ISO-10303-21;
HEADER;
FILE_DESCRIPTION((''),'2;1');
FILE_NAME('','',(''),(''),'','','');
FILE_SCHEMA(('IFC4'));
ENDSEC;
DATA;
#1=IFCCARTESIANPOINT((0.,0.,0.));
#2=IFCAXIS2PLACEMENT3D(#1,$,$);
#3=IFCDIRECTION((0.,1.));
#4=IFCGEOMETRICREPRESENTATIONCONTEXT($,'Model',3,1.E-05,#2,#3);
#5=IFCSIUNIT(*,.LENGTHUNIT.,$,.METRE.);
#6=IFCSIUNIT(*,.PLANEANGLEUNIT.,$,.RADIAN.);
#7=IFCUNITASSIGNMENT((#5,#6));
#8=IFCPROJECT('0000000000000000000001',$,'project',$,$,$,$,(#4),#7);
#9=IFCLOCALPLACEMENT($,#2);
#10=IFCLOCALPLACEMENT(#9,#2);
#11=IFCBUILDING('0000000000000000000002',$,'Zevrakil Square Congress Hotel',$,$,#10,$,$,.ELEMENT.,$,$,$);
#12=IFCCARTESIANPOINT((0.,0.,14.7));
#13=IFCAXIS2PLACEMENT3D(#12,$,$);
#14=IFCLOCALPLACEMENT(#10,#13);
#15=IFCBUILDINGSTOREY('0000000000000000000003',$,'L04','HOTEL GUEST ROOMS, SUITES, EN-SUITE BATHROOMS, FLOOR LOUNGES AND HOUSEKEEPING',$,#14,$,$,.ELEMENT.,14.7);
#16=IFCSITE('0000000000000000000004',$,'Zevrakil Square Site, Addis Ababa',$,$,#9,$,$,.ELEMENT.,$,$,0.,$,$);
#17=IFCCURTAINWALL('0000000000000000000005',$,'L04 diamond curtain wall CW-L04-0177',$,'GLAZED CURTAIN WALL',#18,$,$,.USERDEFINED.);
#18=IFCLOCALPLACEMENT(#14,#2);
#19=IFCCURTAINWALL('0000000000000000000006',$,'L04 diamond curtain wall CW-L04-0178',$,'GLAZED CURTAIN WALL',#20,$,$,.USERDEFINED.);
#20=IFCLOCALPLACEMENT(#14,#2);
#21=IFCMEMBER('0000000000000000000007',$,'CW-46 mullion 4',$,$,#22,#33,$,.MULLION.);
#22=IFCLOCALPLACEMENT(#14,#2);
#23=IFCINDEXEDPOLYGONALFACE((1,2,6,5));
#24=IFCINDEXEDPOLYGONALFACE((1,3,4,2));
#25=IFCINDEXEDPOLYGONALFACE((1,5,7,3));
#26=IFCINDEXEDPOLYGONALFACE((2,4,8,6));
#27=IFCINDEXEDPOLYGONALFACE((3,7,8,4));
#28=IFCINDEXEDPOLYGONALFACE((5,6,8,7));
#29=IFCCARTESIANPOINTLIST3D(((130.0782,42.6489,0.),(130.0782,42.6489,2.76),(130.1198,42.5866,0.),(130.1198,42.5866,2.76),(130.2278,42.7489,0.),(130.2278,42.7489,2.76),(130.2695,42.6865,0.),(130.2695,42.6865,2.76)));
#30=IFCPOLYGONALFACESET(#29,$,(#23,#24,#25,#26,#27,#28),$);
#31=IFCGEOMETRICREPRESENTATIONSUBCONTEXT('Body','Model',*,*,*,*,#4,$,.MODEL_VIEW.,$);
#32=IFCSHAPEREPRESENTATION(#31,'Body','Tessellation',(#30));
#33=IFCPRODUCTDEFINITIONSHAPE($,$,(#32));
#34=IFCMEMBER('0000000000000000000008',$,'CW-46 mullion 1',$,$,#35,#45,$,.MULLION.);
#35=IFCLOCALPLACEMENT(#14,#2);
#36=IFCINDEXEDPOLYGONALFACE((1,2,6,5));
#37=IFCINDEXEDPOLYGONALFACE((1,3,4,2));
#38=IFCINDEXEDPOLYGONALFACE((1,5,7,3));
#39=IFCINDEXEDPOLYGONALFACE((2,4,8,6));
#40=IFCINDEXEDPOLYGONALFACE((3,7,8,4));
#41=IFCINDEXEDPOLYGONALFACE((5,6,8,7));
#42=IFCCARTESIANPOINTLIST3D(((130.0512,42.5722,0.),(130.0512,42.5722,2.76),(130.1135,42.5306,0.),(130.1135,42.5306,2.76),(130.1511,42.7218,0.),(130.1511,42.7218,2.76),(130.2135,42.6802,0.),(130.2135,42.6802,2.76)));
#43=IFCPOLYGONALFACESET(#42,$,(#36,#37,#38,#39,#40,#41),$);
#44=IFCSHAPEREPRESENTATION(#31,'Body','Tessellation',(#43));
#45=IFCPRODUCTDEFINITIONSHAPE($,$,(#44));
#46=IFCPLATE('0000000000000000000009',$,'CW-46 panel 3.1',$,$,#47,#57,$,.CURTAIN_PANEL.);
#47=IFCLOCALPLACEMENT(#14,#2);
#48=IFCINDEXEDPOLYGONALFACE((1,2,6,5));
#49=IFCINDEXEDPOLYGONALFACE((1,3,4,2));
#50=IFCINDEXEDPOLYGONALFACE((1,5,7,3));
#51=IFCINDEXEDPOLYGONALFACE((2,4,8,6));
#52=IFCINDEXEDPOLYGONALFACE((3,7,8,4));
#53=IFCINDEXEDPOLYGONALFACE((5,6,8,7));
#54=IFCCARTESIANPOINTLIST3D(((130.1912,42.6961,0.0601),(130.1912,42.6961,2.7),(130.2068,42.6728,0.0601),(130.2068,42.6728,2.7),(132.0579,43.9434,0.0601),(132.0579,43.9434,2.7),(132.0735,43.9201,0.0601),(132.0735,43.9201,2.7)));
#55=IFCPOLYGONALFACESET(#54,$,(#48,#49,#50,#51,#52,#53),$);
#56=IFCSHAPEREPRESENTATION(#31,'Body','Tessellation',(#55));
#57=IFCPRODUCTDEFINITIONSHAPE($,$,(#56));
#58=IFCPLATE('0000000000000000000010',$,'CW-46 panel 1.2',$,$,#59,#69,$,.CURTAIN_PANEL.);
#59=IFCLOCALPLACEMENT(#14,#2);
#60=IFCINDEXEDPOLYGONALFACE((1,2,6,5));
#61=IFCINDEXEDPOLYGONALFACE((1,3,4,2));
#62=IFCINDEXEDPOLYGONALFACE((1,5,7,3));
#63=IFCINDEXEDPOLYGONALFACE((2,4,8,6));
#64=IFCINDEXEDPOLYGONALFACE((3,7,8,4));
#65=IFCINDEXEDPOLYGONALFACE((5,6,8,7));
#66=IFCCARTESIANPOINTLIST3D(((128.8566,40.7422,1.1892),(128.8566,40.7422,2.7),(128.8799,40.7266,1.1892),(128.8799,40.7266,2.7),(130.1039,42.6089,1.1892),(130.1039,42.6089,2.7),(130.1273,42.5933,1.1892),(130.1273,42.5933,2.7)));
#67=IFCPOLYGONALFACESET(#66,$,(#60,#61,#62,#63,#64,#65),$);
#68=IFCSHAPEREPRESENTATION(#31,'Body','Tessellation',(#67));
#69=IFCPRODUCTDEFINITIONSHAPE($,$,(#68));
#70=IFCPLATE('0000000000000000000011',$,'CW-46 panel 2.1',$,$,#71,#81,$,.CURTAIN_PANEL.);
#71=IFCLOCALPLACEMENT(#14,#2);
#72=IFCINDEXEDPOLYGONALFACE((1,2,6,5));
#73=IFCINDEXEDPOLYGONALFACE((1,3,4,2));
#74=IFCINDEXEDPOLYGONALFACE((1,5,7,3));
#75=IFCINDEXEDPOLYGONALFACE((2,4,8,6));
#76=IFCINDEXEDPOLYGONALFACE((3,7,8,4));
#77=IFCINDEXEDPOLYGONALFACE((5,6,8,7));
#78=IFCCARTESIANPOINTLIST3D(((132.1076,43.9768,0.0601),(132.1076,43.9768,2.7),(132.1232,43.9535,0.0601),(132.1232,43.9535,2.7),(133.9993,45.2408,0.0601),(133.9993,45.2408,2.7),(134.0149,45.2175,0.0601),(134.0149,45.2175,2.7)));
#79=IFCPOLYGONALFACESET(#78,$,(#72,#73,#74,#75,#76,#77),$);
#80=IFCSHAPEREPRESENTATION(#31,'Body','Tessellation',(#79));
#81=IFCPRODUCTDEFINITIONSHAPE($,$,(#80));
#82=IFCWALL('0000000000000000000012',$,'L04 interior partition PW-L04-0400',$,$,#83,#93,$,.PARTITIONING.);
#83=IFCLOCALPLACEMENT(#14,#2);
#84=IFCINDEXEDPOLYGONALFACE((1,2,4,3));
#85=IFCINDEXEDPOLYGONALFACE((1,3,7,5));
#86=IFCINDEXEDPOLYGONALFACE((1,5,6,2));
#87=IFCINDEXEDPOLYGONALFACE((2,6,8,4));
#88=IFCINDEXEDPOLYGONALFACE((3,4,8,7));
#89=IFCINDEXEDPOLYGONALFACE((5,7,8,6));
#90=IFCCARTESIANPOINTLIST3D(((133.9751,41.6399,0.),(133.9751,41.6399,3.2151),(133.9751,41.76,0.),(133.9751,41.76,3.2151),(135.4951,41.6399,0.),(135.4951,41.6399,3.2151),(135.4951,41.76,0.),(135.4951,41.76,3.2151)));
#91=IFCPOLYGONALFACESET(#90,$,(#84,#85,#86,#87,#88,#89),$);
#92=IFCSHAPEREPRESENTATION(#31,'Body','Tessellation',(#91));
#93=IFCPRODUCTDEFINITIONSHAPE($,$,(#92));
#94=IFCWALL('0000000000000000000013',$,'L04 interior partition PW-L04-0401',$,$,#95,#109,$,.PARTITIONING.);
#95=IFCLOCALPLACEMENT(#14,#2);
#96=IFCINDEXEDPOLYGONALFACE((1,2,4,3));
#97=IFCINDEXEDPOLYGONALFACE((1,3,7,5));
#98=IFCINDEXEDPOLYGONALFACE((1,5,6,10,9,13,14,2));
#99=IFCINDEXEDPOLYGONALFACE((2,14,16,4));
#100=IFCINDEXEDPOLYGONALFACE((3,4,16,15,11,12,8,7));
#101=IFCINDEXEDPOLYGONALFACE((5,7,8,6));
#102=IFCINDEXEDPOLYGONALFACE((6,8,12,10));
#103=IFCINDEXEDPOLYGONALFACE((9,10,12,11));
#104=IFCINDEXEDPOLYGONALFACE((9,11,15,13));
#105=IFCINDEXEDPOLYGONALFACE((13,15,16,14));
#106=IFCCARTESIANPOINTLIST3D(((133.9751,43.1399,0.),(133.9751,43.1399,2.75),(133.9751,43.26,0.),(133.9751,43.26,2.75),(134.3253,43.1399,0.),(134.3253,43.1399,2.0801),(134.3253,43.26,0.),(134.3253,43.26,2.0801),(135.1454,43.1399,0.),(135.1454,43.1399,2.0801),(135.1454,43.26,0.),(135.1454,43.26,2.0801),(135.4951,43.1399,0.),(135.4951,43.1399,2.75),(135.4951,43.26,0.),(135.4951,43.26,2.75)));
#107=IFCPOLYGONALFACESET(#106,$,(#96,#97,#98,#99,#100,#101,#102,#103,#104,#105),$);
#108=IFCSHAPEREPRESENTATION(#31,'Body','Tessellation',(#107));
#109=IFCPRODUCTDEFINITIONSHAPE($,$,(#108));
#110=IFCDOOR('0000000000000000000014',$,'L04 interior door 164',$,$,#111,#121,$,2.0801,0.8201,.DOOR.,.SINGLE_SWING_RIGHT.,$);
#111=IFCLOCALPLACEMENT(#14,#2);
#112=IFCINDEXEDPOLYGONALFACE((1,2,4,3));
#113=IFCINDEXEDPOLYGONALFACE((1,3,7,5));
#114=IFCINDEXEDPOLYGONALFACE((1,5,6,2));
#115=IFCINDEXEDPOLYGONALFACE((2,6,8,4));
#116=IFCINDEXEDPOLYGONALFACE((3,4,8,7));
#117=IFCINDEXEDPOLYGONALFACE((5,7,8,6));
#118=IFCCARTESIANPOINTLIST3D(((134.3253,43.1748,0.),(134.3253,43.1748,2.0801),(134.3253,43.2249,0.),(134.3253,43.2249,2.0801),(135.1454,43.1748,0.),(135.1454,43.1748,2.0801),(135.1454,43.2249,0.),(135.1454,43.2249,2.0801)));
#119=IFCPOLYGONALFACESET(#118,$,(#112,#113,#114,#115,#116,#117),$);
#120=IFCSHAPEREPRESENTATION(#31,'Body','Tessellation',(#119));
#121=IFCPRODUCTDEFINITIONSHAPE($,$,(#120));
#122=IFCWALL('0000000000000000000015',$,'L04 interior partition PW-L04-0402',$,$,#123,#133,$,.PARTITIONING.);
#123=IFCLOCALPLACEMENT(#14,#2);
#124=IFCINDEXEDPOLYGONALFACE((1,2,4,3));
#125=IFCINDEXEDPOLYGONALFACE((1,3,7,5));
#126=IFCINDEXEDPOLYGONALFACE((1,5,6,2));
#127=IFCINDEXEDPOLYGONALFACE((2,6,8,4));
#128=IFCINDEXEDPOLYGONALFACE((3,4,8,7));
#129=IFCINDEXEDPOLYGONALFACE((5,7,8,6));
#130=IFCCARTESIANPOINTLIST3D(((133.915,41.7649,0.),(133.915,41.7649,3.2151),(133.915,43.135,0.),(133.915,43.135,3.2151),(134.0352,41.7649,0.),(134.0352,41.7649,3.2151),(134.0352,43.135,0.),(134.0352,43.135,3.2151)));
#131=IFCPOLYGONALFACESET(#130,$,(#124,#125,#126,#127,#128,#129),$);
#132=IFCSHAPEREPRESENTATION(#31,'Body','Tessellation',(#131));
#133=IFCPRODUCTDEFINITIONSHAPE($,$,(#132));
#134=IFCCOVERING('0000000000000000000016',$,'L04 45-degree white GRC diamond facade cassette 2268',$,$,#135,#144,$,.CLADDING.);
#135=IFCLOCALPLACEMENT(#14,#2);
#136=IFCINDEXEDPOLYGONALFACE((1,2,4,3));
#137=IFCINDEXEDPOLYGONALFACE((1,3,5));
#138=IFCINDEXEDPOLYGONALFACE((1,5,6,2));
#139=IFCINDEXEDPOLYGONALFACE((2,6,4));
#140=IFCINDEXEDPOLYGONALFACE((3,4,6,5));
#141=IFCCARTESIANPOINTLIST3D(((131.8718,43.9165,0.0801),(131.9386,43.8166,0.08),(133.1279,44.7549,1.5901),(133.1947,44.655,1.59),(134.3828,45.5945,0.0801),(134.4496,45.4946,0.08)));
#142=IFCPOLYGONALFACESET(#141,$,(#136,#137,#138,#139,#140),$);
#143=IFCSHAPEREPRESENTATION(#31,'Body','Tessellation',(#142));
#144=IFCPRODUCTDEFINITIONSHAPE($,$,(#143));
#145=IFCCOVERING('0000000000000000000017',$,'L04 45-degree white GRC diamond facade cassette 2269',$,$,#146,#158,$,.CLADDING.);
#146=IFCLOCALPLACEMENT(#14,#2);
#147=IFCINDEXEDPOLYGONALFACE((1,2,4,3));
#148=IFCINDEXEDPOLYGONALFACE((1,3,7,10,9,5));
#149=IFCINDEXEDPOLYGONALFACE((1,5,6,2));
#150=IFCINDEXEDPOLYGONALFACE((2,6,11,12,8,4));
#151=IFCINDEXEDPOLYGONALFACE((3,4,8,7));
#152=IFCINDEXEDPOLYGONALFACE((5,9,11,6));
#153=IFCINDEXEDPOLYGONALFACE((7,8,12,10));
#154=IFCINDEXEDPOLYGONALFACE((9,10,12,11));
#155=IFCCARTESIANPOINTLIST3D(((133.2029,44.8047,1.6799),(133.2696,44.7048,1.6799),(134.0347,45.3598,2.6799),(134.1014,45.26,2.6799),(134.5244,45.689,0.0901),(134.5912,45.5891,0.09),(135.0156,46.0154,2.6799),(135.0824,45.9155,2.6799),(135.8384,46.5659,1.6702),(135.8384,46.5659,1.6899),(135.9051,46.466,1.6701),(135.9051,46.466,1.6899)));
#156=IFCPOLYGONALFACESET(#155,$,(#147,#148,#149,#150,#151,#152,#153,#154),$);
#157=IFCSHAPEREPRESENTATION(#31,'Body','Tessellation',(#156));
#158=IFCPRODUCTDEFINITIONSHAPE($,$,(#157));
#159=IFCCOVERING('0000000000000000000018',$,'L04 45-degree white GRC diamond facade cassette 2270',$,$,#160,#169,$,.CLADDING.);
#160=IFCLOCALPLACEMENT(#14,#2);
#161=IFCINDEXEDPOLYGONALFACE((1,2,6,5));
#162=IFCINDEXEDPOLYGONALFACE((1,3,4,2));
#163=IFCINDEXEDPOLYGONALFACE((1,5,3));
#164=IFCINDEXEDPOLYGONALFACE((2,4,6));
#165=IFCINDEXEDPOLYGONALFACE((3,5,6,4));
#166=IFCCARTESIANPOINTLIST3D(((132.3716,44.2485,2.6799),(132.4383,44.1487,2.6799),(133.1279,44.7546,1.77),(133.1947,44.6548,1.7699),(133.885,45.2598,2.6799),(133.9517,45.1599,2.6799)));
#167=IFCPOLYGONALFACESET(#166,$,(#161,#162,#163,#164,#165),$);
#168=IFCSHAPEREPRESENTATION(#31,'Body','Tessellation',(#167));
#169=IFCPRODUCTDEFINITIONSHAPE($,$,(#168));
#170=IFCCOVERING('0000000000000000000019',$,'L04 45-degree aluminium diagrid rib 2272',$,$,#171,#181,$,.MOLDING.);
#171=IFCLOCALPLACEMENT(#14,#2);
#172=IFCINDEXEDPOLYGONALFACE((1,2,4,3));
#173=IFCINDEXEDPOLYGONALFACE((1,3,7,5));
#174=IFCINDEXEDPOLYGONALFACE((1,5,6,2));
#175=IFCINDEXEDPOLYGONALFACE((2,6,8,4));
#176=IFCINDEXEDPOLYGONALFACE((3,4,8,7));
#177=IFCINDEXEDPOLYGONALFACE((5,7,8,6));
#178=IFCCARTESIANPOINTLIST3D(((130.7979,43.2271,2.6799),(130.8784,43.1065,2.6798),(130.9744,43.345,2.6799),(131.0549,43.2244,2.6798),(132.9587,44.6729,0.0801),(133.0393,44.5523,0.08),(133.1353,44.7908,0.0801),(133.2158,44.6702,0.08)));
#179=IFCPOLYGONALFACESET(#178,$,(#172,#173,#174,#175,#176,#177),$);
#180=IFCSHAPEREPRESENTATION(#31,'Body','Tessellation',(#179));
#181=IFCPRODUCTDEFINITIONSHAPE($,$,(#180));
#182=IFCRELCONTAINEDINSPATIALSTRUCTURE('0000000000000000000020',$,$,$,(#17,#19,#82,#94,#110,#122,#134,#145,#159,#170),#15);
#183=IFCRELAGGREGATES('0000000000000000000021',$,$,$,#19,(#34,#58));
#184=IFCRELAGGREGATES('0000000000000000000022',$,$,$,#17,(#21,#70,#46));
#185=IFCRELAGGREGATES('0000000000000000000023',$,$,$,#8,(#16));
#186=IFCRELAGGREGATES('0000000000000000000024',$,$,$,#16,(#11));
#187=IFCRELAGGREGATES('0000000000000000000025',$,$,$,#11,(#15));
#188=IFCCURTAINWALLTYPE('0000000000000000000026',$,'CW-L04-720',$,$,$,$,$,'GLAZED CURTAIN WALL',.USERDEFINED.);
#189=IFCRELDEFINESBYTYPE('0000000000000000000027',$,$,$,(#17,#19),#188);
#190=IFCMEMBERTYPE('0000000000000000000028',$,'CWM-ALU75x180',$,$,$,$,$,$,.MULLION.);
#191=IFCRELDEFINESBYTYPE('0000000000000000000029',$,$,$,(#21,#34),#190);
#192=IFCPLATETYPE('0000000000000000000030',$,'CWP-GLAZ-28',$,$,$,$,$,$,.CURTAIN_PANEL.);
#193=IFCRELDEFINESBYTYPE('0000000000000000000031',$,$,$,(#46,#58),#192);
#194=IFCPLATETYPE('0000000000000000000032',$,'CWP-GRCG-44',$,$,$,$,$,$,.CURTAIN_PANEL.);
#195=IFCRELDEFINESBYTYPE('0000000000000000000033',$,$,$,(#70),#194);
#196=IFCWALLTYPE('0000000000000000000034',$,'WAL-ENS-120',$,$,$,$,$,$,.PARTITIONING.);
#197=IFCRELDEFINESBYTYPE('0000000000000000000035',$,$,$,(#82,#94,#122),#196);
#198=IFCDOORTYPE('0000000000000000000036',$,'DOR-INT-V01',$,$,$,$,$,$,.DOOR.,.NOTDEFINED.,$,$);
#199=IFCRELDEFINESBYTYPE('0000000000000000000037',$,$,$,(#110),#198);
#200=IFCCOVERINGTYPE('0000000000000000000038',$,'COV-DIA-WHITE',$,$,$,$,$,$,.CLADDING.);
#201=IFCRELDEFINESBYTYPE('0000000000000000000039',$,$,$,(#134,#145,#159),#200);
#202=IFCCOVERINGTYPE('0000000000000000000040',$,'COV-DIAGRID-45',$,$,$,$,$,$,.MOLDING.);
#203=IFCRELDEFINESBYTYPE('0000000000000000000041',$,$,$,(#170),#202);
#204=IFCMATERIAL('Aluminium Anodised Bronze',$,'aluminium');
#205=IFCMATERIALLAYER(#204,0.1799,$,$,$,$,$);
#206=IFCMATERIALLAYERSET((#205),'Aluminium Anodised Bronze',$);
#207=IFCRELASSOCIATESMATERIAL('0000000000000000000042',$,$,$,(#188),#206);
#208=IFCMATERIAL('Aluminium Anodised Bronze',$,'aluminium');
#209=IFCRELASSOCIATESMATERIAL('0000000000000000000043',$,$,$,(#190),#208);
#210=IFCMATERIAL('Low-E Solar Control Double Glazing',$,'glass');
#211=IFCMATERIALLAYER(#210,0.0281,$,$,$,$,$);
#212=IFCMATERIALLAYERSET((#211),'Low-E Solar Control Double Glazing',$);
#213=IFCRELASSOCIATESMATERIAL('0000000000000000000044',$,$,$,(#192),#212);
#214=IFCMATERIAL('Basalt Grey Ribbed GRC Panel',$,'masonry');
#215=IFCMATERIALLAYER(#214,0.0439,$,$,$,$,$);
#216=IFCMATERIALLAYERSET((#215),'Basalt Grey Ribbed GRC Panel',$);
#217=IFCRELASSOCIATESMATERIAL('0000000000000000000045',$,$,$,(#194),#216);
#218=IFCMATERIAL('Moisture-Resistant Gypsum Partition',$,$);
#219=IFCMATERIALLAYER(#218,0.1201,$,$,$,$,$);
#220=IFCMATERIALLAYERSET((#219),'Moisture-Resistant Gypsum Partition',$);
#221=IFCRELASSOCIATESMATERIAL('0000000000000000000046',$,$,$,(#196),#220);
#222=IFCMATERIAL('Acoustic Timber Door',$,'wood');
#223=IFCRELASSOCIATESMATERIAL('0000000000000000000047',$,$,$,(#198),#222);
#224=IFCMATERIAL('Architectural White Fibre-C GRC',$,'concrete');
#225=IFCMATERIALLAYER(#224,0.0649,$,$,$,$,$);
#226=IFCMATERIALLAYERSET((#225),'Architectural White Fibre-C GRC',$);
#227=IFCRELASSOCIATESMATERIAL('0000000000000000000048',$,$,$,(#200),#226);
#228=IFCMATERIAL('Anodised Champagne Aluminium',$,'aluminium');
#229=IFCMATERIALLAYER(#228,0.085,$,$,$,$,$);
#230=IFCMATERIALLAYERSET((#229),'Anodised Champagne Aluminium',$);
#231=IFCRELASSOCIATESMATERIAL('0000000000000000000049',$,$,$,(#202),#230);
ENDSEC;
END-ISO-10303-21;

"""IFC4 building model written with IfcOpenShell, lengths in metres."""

from ifc_helpers import new_model, si_unit, direction, frame, frame_2d, origin, origin_2d, place, context, subcontext, project, spatial, polyline, rectangle, outline, extrude, material, layer, layer_set, material_profile, profile_set, type_object, element, fill, aggregate, save


model = new_model("IFC4")

# Units and contexts
model_context = context("Model", 3, precision=1e-05, world=origin(), true_north=direction((0.0, 1.0)))
body_context = subcontext(model_context, "Body", "Model", "MODEL_VIEW")
ifc_project = project(units=[si_unit("LENGTHUNIT", "METRE"), si_unit("PLANEANGLEUNIT", "RADIAN")], contexts=[model_context])

# Site, building, storey
site_placement = place(None, origin())
site = spatial("IfcSite", under=ifc_project, at=site_placement, Name="Zevrakil Square Site, Addis Ababa", CompositionType="ELEMENT", RefElevation=0.0)
building_placement = place(site_placement, origin())
building = spatial("IfcBuilding", under=site, at=building_placement, Name="Zevrakil Square Congress Hotel", CompositionType="ELEMENT")
storey_placement = place(building_placement, frame((0.0, 0.0, 14.7)))
storey = spatial("IfcBuildingStorey", under=building, at=storey_placement, Name="L04", Description="HOTEL GUEST ROOMS, SUITES, EN-SUITE BATHROOMS, FLOOR LOUNGES AND HOUSEKEEPING", CompositionType="ELEMENT", Elevation=14.7)

# Curtain walls
ifc_material_1 = material(Name="Aluminium Anodised Bronze", Category="aluminium")
ifc_layer_1 = layer(ifc_material_1, 0.1799)
ifc_layer_set_1 = layer_set([ifc_layer_1], Name="Aluminium Anodised Bronze")
curtain_wall_type = type_object("IfcCurtainWallType", Name="CW-L04-720", ElementType="GLAZED CURTAIN WALL", PredefinedType="USERDEFINED", material=ifc_layer_set_1)
curtain_wall_1_placement = place(storey_placement, origin())
curtain_wall_1 = element("IfcCurtainWall", 1, at=curtain_wall_1_placement, inside=storey, type_object=curtain_wall_type, Name="L04 diamond curtain wall CW-L04-0177", ObjectType="GLAZED CURTAIN WALL", PredefinedType="USERDEFINED")
curtain_wall_2_placement = place(storey_placement, origin())
curtain_wall_2 = element("IfcCurtainWall", 2, at=curtain_wall_2_placement, inside=storey, type_object=curtain_wall_type, Name="L04 diamond curtain wall CW-L04-0178", ObjectType="GLAZED CURTAIN WALL", PredefinedType="USERDEFINED")

# Members
ifc_material_2 = material(Name="Aluminium Anodised Bronze", Category="aluminium")
ifc_material_profile_1 = material_profile(ifc_material_2, rectangle(XDim=0.075, YDim=0.1799, at=origin_2d()), Name="ALU 75x180")
ifc_profile_set_1 = profile_set([ifc_material_profile_1], Name="Aluminium Anodised Bronze")
member_type_1 = type_object("IfcMemberType", Name="CWM-ALU75x180", PredefinedType="MULLION", material=ifc_profile_set_1)
member_1_placement = place(storey_placement, frame((130.1738, 42.6677, 0.0), z_axis=(0.0, 0.0, 1.0), x_axis=(0.555576, -0.831466, 0.0)))
member_1 = element("IfcMember", 3, at=member_1_placement, type_object=member_type_1, Name="CW-46 mullion 4", PredefinedType="MULLION", context=body_context, shape_type="SweptSolid", body=[
    extrude(rectangle(XDim=0.075, YDim=0.1799, at=origin_2d()), origin(), (0.0, 0.0, 1.0), 2.76),
])
member_2_placement = place(storey_placement, frame((130.1323, 42.6262, 0.0), z_axis=(0.0, 0.0, 1.0), x_axis=(0.831466, -0.555576, 0.0)))
member_2 = element("IfcMember", 4, at=member_2_placement, type_object=member_type_1, Name="CW-46 mullion 1", PredefinedType="MULLION", context=body_context, shape_type="SweptSolid", body=[
    extrude(rectangle(XDim=0.075, YDim=0.1799, at=origin_2d()), origin(), (0.0, 0.0, 1.0), 2.76),
])

# Plates
ifc_material_3 = material(Name="Low-E Solar Control Double Glazing", Category="glass")
ifc_layer_2 = layer(ifc_material_3, 0.0281)
ifc_layer_set_2 = layer_set([ifc_layer_2], Name="Low-E Solar Control Double Glazing")
plate_type_1 = type_object("IfcPlateType", Name="CWP-GLAZ-28", PredefinedType="CURTAIN_PANEL", material=ifc_layer_set_2)
plate_1_placement = place(storey_placement, frame((131.1323, 43.3081, 0.0601), z_axis=(0.0, 0.0, 1.0), x_axis=(-0.831466, -0.555576, 0.0)))
plate_1 = element("IfcPlate", 5, at=plate_1_placement, type_object=plate_type_1, Name="CW-46 panel 3.1", PredefinedType="CURTAIN_PANEL", context=body_context, shape_type="SweptSolid", body=[
    extrude(rectangle(XDim=2.2451, YDim=0.0281, at=origin_2d()), origin(), (0.0, 0.0, 1.0), 2.6399),
])
plate_2_placement = place(storey_placement, frame((129.4919, 41.6677, 1.1892), z_axis=(0.0, 0.0, 1.0), x_axis=(-0.555576, -0.831466, 0.0)))
plate_2 = element("IfcPlate", 6, at=plate_2_placement, type_object=plate_type_1, Name="CW-46 panel 1.2", PredefinedType="CURTAIN_PANEL", context=body_context, shape_type="SweptSolid", body=[
    extrude(rectangle(XDim=2.2451, YDim=0.0281, at=origin_2d()), origin(), (0.0, 0.0, 1.0), 1.5107),
])
aggregate(curtain_wall_2, [member_2, plate_2])
ifc_material_4 = material(Name="Basalt Grey Ribbed GRC Panel", Category="masonry")
ifc_layer_3 = layer(ifc_material_4, 0.0439)
ifc_layer_set_3 = layer_set([ifc_layer_3], Name="Basalt Grey Ribbed GRC Panel")
plate_type_2 = type_object("IfcPlateType", Name="CWP-GRCG-44", PredefinedType="CURTAIN_PANEL", material=ifc_layer_set_3)
plate_3_placement = place(storey_placement, frame((133.0613, 44.5972, 0.0601), z_axis=(0.0, 0.0, 1.0), x_axis=(-0.831466, -0.555576, 0.0)))
plate_3 = element("IfcPlate", 7, at=plate_3_placement, type_object=plate_type_2, Name="CW-46 panel 2.1", PredefinedType="CURTAIN_PANEL", context=body_context, shape_type="SweptSolid", body=[
    extrude(rectangle(XDim=2.2751, YDim=0.0281, at=origin_2d()), origin(), (0.0, 0.0, 1.0), 2.6399),
])
aggregate(curtain_wall_1, [member_1, plate_3, plate_1])

# Wall
ifc_material_5 = material(Name="Moisture-Resistant Gypsum Partition")
ifc_layer_4 = layer(ifc_material_5, 0.1201)
ifc_layer_set_4 = layer_set([ifc_layer_4], Name="Moisture-Resistant Gypsum Partition")
wall_type = type_object("IfcWallType", Name="WAL-ENS-120", PredefinedType="PARTITIONING", material=ifc_layer_set_4)
wall_1_placement = place(storey_placement, frame((133.9751, 41.7, 0.0), z_axis=(0.0, 0.0, 1.0), x_axis=(1.0, 0.0, 0.0)))
element("IfcWall", 8, at=wall_1_placement, inside=storey, type_object=wall_type, Name="L04 interior partition PW-L04-0400", PredefinedType="PARTITIONING", context=body_context, shape_type="SweptSolid", body=[
    extrude(rectangle(XDim=1.52, YDim=0.1201, at=frame_2d((0.76, 0.0))), origin(), (0.0, 0.0, 1.0), 3.2151),
])

# Wall, opening, door
wall_2_placement = place(storey_placement, frame((133.9751, 43.2, 0.0), z_axis=(0.0, 0.0, 1.0), x_axis=(1.0, 0.0, 0.0)))
wall_2 = element("IfcWall", 9, at=wall_2_placement, inside=storey, type_object=wall_type, Name="L04 interior partition PW-L04-0401", PredefinedType="PARTITIONING", context=body_context, shape_type="SweptSolid", body=[
    extrude(rectangle(XDim=1.52, YDim=0.1201, at=frame_2d((0.76, 0.0))), origin(), (0.0, 0.0, 1.0), 2.75),
])
opening_placement = place(wall_2_placement, frame((0.3501, 0.0, 0.0)))
opening = element("IfcOpeningElement", 10, at=opening_placement, cuts=wall_2, PredefinedType="OPENING", context=body_context, shape_type="SweptSolid", body=[
    extrude(rectangle(XDim=0.8201, YDim=2.0801, at=frame_2d((0.4102, 1.04))), frame((0.0, 0.0701, 0.0), z_axis=(0.0, -1.0, 0.0), x_axis=(1.0, 0.0, 0.0)), (0.0, 0.0, 1.0), 0.1401),
])
ifc_material_6 = material(Name="Acoustic Timber Door", Category="wood")
door_type = type_object("IfcDoorType", Name="DOR-INT-V01", OperationType="NOTDEFINED", PredefinedType="DOOR", material=ifc_material_6)
door_placement = place(opening_placement, origin())
door = element("IfcDoor", 11, at=door_placement, inside=storey, type_object=door_type, Name="L04 interior door 164", OperationType="SINGLE_SWING_RIGHT", OverallHeight=2.0801, OverallWidth=0.8201, PredefinedType="DOOR", context=body_context, shape_type="SweptSolid", body=[
    extrude(rectangle(XDim=0.8201, YDim=2.0801, at=frame_2d((0.4102, 1.04))), frame((0.0, 0.0249, 0.0), z_axis=(0.0, -1.0, 0.0), x_axis=(1.0, 0.0, 0.0)), (0.0, 0.0, 1.0), 0.05),
])
fill(opening, door)

# Wall
wall_3_placement = place(storey_placement, frame((133.9751, 41.7649, 0.0), z_axis=(0.0, 0.0, 1.0), x_axis=(0.0, 1.0, 0.0)))
element("IfcWall", 12, at=wall_3_placement, inside=storey, type_object=wall_type, Name="L04 interior partition PW-L04-0402", PredefinedType="PARTITIONING", context=body_context, shape_type="SweptSolid", body=[
    extrude(rectangle(XDim=1.3701, YDim=0.1201, at=frame_2d((0.6851, 0.0))), origin(), (0.0, 0.0, 1.0), 3.2151),
])

# Coverings
ifc_material_7 = material(Name="Architectural White Fibre-C GRC", Category="concrete")
ifc_layer_5 = layer(ifc_material_7, 0.0649)
ifc_layer_set_5 = layer_set([ifc_layer_5], Name="Architectural White Fibre-C GRC")
covering_type_1 = type_object("IfcCoveringType", Name="COV-DIA-WHITE", PredefinedType="CLADDING", material=ifc_layer_set_5)
covering_1_placement = place(storey_placement, frame((133.1279, 44.7549, 1.5901), z_axis=(-0.555614, 0.83144, 0.000561), x_axis=(-0.588172, -0.392572, -0.707064)))
element("IfcCovering", 13, at=covering_1_placement, inside=storey, type_object=covering_type_1, Name="L04 45-degree white GRC diamond facade cassette 2268", PredefinedType="CLADDING", context=body_context, shape_type="SweptSolid", body=[
    extrude(outline(polyline([(0.0, 0.0), (2.1356, 0.0), (0.0, -2.1354), (0.0, 0.0)])), origin(), (0.0, 0.0, -1.0), 0.1201),
])
covering_2_placement = place(storey_placement, frame((133.2029, 44.8047, 1.6799), z_axis=(-0.555622, 0.831435, 0.000586), x_axis=(0.587729, 0.393259, -0.707051)))
element("IfcCovering", 14, at=covering_2_placement, inside=storey, type_object=covering_type_1, Name="L04 45-degree white GRC diamond facade cassette 2269", PredefinedType="CLADDING", context=body_context, shape_type="SweptSolid", body=[
    extrude(outline(polyline([(0.0, 0.0), (2.2486, 0.0), (2.2485, -2.2343), (2.2345, -2.2483), (0.8345, -2.2484), (0.0001, -1.4142), (0.0, 0.0)])), origin(), (0.0, 0.0, -1.0), 0.1201),
])
covering_3_placement = place(storey_placement, frame((133.1279, 44.7546, 1.77), z_axis=(-0.555566, 0.831472, 0.00067), x_axis=(0.588271, 0.392497, 0.707025)))
element("IfcCovering", 15, at=covering_3_placement, inside=storey, type_object=covering_type_1, Name="L04 45-degree white GRC diamond facade cassette 2270", PredefinedType="CLADDING", context=body_context, shape_type="SweptSolid", body=[
    extrude(outline(polyline([(0.0, 0.0), (1.287, 0.0), (-0.0003, -1.2869), (0.0, 0.0)])), origin(), (0.0, 0.0, -1.0), 0.1201),
])
ifc_material_8 = material(Name="Anodised Champagne Aluminium", Category="aluminium")
ifc_layer_6 = layer(ifc_material_8, 0.085)
ifc_layer_set_6 = layer_set([ifc_layer_6], Name="Anodised Champagne Aluminium")
covering_type_2 = type_object("IfcCoveringType", Name="COV-DIAGRID-45", PredefinedType="MOLDING", material=ifc_layer_set_6)
covering_4_placement = place(storey_placement, frame((132.9587, 44.6729, 0.0801), z_axis=(-0.555496, 0.831519, 0.00071), x_axis=(0.831519, 0.555496, 0.0)))
element("IfcCovering", 16, at=covering_4_placement, inside=storey, type_object=covering_type_2, Name="L04 45-degree aluminium diagrid rib 2272", PredefinedType="MOLDING", context=body_context, shape_type="SweptSolid", body=[
    extrude(outline(polyline([(0.0, 0.0), (0.2123, 0.0), (-2.3877, -2.5999), (-2.6, -2.5999), (0.0, 0.0)])), origin(), (0.0, 0.0, -1.0), 0.145),
])

save(model, "model.ifc")
